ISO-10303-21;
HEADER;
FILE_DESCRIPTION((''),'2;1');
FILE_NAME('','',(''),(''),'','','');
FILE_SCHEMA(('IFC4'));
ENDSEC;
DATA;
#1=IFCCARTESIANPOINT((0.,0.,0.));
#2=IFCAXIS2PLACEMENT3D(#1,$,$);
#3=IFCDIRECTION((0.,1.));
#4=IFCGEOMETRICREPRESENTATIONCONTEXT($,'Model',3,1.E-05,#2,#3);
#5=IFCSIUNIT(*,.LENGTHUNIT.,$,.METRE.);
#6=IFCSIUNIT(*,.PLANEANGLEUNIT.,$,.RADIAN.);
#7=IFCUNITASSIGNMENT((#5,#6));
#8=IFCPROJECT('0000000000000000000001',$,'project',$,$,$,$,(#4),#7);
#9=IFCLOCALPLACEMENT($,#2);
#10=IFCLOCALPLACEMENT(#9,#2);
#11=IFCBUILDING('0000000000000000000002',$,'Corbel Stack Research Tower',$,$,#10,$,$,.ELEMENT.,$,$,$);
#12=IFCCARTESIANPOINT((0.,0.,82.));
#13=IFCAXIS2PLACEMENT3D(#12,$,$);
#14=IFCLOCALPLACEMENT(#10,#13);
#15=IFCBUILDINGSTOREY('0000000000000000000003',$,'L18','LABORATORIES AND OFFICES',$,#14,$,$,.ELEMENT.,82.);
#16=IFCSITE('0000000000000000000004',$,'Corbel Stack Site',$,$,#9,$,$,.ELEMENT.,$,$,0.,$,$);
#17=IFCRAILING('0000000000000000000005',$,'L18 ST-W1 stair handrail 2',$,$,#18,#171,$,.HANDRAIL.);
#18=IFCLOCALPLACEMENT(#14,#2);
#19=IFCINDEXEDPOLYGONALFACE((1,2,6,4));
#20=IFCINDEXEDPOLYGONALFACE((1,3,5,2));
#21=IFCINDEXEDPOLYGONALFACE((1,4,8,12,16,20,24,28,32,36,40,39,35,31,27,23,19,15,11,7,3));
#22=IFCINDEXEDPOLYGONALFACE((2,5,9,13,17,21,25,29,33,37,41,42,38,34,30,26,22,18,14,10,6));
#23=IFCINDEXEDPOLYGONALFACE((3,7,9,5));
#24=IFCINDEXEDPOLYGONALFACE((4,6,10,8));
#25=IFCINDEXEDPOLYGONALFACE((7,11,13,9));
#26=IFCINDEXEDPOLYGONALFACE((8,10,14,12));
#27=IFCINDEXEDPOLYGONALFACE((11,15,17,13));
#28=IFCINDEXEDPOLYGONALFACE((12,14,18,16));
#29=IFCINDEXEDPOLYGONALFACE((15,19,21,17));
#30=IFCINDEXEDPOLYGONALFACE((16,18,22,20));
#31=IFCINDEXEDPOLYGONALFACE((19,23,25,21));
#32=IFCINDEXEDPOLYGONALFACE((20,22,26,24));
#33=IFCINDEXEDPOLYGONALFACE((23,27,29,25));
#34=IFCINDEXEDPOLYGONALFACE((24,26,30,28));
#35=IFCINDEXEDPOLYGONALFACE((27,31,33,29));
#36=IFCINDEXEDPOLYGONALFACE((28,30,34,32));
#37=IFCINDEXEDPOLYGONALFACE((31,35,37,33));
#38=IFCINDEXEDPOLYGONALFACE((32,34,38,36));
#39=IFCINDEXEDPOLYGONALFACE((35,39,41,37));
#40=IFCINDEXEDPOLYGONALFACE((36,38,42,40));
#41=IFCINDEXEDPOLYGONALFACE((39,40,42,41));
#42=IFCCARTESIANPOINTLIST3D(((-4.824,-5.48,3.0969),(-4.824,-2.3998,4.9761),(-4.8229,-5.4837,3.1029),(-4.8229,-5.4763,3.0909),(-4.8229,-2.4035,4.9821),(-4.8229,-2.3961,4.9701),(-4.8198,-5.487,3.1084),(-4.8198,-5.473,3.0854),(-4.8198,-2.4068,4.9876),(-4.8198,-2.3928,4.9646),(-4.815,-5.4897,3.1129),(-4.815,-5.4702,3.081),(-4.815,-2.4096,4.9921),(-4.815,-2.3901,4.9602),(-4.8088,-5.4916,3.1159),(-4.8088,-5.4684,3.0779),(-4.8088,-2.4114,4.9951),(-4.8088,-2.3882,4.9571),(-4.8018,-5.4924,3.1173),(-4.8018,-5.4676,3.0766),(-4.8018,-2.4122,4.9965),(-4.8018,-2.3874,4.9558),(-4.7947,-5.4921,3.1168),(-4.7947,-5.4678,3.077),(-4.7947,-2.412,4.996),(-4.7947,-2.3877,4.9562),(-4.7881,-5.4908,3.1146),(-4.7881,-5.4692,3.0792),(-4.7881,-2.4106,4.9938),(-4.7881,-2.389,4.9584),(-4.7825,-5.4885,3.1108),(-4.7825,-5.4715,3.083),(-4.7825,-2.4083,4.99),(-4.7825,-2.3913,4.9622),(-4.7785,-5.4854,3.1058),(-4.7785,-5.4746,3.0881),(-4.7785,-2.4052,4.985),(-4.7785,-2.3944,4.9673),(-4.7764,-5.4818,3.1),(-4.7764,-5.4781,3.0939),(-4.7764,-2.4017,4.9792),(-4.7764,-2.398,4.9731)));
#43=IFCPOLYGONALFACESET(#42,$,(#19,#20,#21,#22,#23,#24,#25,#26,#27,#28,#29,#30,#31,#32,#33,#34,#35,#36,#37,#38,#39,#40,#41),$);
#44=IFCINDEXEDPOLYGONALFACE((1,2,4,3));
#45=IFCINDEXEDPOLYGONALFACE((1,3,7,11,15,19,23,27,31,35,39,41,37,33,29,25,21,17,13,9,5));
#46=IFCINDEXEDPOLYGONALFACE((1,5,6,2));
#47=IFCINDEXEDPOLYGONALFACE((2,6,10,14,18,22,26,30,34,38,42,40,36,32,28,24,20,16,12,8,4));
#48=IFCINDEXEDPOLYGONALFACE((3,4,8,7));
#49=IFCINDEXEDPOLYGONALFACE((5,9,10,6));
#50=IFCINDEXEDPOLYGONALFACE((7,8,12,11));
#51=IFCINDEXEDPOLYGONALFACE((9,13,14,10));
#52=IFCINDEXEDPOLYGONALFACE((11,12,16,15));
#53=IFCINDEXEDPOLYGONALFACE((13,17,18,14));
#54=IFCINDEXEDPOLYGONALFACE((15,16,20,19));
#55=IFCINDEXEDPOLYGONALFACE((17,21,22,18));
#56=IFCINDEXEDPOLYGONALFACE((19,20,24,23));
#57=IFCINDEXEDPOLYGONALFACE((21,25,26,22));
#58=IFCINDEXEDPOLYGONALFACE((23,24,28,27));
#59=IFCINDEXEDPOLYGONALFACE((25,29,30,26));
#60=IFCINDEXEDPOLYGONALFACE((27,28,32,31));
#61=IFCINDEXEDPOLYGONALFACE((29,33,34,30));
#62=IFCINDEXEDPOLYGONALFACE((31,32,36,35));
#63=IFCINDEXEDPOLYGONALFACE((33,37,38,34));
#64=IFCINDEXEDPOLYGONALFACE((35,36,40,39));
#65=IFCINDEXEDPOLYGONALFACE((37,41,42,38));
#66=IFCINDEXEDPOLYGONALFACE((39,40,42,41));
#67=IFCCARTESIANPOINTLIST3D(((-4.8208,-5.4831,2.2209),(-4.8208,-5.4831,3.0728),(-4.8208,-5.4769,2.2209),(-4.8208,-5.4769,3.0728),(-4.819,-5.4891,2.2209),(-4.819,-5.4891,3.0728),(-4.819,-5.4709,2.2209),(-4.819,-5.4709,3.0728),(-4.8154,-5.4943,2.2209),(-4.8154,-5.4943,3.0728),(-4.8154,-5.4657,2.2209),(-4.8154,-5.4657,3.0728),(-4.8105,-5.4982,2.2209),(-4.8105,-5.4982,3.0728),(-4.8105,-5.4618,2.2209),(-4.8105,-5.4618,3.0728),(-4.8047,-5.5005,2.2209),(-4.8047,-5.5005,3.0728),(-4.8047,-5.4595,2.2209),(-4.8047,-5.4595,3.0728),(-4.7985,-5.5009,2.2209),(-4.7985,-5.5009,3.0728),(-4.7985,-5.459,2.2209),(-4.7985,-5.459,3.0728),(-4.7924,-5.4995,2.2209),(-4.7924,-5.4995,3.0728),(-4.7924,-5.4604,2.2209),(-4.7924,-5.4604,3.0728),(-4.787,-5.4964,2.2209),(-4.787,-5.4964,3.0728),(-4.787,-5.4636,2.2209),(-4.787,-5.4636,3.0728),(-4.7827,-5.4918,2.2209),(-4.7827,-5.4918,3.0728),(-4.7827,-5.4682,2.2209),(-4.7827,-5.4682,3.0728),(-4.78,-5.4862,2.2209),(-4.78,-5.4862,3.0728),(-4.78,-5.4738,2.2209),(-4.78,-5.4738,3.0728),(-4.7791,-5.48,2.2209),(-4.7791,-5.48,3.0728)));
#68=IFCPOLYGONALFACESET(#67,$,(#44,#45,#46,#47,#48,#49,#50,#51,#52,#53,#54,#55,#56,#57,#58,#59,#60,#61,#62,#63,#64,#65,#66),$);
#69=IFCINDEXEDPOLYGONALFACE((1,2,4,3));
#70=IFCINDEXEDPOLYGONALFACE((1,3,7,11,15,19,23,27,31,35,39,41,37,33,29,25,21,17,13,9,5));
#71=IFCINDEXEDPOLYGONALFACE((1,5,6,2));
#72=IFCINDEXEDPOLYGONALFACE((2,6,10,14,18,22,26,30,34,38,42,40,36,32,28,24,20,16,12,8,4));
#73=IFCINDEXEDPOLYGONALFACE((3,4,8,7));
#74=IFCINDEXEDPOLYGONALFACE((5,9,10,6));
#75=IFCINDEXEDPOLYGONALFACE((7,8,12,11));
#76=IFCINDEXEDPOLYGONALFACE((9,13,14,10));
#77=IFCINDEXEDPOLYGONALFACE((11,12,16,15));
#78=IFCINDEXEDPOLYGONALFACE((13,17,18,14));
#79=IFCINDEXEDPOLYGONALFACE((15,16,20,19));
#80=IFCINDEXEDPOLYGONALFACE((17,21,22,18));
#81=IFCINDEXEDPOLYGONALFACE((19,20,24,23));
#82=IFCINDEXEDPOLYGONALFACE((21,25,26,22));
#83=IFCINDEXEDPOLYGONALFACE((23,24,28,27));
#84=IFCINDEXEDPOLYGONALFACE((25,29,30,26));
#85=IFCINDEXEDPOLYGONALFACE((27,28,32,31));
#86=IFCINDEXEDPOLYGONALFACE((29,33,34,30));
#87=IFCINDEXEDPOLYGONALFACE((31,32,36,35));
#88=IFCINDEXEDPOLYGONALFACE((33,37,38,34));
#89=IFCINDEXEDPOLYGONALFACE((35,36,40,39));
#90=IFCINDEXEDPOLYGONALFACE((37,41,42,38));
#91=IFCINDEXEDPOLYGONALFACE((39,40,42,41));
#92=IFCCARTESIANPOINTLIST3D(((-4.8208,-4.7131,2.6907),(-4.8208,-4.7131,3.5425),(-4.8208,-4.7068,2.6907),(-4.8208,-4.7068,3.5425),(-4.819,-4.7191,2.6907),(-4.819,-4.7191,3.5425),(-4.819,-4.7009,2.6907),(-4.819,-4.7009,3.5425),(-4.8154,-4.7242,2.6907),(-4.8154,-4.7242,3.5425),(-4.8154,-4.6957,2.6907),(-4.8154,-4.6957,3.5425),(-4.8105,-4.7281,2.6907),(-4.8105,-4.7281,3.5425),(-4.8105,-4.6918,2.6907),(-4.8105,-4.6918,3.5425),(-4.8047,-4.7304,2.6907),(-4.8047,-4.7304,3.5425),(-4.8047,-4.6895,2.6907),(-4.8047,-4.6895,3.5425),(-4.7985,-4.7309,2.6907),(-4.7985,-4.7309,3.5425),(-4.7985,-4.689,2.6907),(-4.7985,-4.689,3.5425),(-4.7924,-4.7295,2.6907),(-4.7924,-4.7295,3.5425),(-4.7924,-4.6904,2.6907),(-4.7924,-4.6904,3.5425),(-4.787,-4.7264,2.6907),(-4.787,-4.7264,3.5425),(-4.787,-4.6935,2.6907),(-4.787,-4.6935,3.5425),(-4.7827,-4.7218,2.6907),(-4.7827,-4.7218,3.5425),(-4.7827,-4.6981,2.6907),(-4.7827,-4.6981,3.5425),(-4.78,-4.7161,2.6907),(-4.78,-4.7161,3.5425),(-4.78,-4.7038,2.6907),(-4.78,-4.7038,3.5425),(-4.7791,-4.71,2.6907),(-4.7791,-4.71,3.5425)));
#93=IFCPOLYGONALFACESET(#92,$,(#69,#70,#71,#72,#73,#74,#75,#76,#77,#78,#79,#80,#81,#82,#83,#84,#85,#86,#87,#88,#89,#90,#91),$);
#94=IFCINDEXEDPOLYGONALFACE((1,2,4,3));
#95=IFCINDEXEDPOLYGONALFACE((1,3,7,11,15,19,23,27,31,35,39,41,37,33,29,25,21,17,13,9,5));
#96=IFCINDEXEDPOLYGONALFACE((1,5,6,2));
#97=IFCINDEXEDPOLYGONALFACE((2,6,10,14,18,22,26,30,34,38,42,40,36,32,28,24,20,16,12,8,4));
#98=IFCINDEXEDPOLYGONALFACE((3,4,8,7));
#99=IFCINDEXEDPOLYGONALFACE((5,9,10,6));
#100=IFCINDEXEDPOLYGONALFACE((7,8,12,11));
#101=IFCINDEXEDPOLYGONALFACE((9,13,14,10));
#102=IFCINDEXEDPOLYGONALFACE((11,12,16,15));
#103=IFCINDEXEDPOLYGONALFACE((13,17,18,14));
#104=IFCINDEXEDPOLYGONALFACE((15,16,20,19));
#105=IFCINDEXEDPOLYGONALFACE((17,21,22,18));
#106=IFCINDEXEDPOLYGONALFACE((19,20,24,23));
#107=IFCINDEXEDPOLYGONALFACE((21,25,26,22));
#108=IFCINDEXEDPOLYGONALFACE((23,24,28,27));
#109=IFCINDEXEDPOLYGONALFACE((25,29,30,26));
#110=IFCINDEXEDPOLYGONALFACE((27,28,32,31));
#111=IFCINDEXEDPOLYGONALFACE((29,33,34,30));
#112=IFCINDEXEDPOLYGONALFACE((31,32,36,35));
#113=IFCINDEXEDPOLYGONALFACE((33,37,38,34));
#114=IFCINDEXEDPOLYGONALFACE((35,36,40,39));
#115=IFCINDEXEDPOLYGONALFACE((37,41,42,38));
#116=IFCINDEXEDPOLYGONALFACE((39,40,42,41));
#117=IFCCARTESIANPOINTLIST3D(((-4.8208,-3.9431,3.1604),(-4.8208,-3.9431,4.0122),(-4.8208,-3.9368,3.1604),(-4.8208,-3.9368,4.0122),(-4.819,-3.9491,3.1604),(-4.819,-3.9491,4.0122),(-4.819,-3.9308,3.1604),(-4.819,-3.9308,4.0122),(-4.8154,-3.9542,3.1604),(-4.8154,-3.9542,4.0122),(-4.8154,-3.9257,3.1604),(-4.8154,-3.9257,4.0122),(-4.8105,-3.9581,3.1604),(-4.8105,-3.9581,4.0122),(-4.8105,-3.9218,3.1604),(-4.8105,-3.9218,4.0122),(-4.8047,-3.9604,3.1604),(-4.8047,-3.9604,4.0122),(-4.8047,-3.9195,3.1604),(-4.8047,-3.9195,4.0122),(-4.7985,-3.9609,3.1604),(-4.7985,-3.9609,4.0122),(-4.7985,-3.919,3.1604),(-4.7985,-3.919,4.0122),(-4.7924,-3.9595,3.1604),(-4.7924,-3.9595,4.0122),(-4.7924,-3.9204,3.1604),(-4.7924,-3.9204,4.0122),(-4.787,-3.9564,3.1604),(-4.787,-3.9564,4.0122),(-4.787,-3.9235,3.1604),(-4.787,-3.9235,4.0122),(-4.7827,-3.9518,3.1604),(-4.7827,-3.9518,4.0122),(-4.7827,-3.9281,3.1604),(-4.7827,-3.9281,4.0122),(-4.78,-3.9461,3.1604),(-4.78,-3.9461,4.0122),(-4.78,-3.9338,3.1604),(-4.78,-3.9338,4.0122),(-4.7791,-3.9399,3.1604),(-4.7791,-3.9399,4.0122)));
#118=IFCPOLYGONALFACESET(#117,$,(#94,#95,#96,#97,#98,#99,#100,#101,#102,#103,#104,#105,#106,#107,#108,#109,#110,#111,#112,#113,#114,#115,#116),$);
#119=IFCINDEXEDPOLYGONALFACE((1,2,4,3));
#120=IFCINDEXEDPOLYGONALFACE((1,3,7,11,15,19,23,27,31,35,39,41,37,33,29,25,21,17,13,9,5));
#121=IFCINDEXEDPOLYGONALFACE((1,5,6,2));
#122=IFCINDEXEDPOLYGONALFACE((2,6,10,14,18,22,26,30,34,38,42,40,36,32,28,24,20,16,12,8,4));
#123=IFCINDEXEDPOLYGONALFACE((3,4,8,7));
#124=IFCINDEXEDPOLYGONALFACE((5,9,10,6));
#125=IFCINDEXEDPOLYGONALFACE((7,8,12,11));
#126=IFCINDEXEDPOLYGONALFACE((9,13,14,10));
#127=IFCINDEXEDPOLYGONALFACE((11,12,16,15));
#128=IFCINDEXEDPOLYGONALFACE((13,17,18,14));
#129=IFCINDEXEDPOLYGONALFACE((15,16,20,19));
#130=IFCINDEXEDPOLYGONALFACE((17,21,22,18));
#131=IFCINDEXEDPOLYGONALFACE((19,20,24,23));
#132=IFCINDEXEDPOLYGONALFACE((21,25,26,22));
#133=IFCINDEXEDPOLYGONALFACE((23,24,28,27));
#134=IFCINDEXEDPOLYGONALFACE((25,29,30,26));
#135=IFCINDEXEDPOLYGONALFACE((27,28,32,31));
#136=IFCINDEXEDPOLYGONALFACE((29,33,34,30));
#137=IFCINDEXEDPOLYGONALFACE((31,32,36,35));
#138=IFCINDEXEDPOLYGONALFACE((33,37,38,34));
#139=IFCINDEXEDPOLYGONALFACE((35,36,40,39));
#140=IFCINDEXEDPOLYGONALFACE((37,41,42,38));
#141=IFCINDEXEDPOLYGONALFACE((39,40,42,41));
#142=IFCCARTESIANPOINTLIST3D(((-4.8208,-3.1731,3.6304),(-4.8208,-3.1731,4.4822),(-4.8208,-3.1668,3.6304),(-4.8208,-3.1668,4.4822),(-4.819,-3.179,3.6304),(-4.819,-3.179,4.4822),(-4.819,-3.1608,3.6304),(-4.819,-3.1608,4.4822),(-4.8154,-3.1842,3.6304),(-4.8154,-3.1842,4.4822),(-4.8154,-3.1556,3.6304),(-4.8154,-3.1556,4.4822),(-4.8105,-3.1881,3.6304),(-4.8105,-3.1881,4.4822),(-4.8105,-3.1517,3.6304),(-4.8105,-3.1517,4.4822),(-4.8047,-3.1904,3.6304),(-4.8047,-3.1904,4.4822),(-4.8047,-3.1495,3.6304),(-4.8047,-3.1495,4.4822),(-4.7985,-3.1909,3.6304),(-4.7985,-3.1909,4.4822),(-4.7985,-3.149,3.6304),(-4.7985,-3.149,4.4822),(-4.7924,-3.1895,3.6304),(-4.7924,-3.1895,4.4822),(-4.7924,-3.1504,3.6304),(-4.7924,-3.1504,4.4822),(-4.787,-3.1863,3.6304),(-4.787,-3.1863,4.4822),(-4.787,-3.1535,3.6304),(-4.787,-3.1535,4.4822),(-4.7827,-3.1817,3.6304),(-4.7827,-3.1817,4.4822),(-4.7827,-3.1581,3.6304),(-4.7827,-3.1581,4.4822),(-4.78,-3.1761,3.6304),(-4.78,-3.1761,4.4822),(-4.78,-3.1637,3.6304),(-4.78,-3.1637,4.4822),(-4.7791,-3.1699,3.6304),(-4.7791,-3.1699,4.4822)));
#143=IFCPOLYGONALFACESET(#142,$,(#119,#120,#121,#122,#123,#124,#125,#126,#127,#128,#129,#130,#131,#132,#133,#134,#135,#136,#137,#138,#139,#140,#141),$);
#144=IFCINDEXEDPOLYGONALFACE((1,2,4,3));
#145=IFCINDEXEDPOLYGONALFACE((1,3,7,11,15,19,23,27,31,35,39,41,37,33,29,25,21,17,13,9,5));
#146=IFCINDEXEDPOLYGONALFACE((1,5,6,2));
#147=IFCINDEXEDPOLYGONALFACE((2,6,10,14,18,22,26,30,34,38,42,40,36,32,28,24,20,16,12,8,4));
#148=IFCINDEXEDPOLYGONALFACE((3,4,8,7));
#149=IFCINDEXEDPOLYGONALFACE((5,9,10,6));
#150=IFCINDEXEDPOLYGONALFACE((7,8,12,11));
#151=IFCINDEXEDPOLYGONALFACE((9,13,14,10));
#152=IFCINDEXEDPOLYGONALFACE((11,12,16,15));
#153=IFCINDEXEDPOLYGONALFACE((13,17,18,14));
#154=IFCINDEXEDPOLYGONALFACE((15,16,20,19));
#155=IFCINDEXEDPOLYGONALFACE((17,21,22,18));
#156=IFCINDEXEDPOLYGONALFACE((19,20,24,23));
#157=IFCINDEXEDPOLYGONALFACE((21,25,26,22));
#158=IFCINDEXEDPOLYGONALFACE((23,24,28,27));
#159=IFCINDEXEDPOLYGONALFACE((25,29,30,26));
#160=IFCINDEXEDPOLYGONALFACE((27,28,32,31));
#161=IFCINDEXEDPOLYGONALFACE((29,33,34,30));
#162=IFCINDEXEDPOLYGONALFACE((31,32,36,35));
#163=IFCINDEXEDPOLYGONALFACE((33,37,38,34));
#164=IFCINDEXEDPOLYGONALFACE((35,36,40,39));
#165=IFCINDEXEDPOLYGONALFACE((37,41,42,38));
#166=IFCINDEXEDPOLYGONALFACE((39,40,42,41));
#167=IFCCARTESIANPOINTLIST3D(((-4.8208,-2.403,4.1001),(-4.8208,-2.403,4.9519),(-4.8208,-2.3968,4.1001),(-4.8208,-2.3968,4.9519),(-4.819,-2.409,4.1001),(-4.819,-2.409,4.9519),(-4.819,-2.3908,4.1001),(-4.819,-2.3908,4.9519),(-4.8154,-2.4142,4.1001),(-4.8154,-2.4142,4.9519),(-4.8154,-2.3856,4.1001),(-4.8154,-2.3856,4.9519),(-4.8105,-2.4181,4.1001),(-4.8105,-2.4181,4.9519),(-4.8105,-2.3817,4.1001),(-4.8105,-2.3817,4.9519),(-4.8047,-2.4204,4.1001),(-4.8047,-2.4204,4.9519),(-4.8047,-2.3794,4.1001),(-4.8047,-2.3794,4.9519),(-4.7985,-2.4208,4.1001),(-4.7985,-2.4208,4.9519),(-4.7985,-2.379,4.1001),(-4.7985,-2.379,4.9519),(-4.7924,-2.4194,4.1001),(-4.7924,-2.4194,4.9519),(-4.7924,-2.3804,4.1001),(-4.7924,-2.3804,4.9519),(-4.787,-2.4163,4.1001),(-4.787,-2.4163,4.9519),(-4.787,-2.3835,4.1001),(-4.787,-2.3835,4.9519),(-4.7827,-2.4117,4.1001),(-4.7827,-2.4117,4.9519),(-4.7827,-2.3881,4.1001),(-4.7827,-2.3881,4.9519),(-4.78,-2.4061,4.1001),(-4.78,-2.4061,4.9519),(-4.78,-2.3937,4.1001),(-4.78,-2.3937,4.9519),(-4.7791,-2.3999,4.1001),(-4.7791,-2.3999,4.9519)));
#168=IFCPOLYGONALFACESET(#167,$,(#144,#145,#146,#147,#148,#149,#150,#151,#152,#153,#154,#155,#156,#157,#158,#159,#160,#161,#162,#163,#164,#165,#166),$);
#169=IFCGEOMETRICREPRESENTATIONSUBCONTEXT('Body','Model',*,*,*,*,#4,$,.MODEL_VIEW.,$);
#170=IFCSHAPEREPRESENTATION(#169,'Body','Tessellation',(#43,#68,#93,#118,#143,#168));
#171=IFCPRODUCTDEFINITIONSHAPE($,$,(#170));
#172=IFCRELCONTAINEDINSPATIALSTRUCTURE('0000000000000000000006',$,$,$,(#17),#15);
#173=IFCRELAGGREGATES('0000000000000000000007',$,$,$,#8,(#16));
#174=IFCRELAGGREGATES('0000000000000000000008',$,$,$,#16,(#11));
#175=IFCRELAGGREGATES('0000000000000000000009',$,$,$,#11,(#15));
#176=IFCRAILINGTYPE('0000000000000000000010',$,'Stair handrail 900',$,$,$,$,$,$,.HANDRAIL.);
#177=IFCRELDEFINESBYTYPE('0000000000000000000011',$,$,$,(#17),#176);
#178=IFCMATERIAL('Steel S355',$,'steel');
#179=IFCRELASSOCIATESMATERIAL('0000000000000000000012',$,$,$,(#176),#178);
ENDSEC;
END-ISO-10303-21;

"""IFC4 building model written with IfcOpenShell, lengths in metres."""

from ifc_helpers import new_model, si_unit, direction, frame, origin, origin_2d, place, context, subcontext, project, spatial, circle, extrude, material, type_object, element, save


model = new_model("IFC4")

# Units and contexts
model_context = context("Model", 3, precision=1e-05, world=origin(), true_north=direction((0.0, 1.0)))
body_context = subcontext(model_context, "Body", "Model", "MODEL_VIEW")
ifc_project = project(units=[si_unit("LENGTHUNIT", "METRE"), si_unit("PLANEANGLEUNIT", "RADIAN")], contexts=[model_context])

# Site, building, storey
site_placement = place(None, origin())
site = spatial("IfcSite", under=ifc_project, at=site_placement, Name="Corbel Stack Site", CompositionType="ELEMENT", RefElevation=0.0)
building_placement = place(site_placement, origin())
building = spatial("IfcBuilding", under=site, at=building_placement, Name="Corbel Stack Research Tower", CompositionType="ELEMENT")
storey_placement = place(building_placement, frame((0.0, 0.0, 82.0)))
storey = spatial("IfcBuildingStorey", under=building, at=storey_placement, Name="L18", Description="LABORATORIES AND OFFICES", CompositionType="ELEMENT", Elevation=82.0)

# Railing
ifc_material_1 = material(Name="Steel S355", Category="steel")
railing_type_1 = type_object("IfcRailingType", Name="Stair handrail 900", PredefinedType="HANDRAIL", material=ifc_material_1)
railing_1_placement = place(storey_placement, frame((-4.8, -5.48, 2.2209)))
element("IfcRailing", 1, at=railing_1_placement, inside=storey, type_object=railing_type_1, Name="L18 ST-W1 stair handrail 2", PredefinedType="HANDRAIL", context=body_context, shape_type="SweptSolid", body=[
    extrude(circle(Radius=0.0239, at=origin_2d()), frame((0.0, 0.0, 0.876), z_axis=(0.0, 0.853666, 0.52082), x_axis=(-1.0, 0.0, 0.0)), (0.0, 0.0, 1.0), 3.6082),
    extrude(circle(Radius=0.021, at=origin_2d()), origin(), (0.0, 0.0, 1.0), 0.8518),
    extrude(circle(Radius=0.021, at=origin_2d()), frame((0.0, 0.77, 0.4697)), (0.0, 0.0, 1.0), 0.8518),
    extrude(circle(Radius=0.021, at=origin_2d()), frame((0.0, 1.54, 0.9395)), (0.0, 0.0, 1.0), 0.8518),
    extrude(circle(Radius=0.021, at=origin_2d()), frame((0.0, 2.3101, 1.4094)), (0.0, 0.0, 1.0), 0.8518),
    extrude(circle(Radius=0.021, at=origin_2d()), frame((0.0, 3.0801, 1.8792)), (0.0, 0.0, 1.0), 0.8518),
])

save(model, "model.ifc")
